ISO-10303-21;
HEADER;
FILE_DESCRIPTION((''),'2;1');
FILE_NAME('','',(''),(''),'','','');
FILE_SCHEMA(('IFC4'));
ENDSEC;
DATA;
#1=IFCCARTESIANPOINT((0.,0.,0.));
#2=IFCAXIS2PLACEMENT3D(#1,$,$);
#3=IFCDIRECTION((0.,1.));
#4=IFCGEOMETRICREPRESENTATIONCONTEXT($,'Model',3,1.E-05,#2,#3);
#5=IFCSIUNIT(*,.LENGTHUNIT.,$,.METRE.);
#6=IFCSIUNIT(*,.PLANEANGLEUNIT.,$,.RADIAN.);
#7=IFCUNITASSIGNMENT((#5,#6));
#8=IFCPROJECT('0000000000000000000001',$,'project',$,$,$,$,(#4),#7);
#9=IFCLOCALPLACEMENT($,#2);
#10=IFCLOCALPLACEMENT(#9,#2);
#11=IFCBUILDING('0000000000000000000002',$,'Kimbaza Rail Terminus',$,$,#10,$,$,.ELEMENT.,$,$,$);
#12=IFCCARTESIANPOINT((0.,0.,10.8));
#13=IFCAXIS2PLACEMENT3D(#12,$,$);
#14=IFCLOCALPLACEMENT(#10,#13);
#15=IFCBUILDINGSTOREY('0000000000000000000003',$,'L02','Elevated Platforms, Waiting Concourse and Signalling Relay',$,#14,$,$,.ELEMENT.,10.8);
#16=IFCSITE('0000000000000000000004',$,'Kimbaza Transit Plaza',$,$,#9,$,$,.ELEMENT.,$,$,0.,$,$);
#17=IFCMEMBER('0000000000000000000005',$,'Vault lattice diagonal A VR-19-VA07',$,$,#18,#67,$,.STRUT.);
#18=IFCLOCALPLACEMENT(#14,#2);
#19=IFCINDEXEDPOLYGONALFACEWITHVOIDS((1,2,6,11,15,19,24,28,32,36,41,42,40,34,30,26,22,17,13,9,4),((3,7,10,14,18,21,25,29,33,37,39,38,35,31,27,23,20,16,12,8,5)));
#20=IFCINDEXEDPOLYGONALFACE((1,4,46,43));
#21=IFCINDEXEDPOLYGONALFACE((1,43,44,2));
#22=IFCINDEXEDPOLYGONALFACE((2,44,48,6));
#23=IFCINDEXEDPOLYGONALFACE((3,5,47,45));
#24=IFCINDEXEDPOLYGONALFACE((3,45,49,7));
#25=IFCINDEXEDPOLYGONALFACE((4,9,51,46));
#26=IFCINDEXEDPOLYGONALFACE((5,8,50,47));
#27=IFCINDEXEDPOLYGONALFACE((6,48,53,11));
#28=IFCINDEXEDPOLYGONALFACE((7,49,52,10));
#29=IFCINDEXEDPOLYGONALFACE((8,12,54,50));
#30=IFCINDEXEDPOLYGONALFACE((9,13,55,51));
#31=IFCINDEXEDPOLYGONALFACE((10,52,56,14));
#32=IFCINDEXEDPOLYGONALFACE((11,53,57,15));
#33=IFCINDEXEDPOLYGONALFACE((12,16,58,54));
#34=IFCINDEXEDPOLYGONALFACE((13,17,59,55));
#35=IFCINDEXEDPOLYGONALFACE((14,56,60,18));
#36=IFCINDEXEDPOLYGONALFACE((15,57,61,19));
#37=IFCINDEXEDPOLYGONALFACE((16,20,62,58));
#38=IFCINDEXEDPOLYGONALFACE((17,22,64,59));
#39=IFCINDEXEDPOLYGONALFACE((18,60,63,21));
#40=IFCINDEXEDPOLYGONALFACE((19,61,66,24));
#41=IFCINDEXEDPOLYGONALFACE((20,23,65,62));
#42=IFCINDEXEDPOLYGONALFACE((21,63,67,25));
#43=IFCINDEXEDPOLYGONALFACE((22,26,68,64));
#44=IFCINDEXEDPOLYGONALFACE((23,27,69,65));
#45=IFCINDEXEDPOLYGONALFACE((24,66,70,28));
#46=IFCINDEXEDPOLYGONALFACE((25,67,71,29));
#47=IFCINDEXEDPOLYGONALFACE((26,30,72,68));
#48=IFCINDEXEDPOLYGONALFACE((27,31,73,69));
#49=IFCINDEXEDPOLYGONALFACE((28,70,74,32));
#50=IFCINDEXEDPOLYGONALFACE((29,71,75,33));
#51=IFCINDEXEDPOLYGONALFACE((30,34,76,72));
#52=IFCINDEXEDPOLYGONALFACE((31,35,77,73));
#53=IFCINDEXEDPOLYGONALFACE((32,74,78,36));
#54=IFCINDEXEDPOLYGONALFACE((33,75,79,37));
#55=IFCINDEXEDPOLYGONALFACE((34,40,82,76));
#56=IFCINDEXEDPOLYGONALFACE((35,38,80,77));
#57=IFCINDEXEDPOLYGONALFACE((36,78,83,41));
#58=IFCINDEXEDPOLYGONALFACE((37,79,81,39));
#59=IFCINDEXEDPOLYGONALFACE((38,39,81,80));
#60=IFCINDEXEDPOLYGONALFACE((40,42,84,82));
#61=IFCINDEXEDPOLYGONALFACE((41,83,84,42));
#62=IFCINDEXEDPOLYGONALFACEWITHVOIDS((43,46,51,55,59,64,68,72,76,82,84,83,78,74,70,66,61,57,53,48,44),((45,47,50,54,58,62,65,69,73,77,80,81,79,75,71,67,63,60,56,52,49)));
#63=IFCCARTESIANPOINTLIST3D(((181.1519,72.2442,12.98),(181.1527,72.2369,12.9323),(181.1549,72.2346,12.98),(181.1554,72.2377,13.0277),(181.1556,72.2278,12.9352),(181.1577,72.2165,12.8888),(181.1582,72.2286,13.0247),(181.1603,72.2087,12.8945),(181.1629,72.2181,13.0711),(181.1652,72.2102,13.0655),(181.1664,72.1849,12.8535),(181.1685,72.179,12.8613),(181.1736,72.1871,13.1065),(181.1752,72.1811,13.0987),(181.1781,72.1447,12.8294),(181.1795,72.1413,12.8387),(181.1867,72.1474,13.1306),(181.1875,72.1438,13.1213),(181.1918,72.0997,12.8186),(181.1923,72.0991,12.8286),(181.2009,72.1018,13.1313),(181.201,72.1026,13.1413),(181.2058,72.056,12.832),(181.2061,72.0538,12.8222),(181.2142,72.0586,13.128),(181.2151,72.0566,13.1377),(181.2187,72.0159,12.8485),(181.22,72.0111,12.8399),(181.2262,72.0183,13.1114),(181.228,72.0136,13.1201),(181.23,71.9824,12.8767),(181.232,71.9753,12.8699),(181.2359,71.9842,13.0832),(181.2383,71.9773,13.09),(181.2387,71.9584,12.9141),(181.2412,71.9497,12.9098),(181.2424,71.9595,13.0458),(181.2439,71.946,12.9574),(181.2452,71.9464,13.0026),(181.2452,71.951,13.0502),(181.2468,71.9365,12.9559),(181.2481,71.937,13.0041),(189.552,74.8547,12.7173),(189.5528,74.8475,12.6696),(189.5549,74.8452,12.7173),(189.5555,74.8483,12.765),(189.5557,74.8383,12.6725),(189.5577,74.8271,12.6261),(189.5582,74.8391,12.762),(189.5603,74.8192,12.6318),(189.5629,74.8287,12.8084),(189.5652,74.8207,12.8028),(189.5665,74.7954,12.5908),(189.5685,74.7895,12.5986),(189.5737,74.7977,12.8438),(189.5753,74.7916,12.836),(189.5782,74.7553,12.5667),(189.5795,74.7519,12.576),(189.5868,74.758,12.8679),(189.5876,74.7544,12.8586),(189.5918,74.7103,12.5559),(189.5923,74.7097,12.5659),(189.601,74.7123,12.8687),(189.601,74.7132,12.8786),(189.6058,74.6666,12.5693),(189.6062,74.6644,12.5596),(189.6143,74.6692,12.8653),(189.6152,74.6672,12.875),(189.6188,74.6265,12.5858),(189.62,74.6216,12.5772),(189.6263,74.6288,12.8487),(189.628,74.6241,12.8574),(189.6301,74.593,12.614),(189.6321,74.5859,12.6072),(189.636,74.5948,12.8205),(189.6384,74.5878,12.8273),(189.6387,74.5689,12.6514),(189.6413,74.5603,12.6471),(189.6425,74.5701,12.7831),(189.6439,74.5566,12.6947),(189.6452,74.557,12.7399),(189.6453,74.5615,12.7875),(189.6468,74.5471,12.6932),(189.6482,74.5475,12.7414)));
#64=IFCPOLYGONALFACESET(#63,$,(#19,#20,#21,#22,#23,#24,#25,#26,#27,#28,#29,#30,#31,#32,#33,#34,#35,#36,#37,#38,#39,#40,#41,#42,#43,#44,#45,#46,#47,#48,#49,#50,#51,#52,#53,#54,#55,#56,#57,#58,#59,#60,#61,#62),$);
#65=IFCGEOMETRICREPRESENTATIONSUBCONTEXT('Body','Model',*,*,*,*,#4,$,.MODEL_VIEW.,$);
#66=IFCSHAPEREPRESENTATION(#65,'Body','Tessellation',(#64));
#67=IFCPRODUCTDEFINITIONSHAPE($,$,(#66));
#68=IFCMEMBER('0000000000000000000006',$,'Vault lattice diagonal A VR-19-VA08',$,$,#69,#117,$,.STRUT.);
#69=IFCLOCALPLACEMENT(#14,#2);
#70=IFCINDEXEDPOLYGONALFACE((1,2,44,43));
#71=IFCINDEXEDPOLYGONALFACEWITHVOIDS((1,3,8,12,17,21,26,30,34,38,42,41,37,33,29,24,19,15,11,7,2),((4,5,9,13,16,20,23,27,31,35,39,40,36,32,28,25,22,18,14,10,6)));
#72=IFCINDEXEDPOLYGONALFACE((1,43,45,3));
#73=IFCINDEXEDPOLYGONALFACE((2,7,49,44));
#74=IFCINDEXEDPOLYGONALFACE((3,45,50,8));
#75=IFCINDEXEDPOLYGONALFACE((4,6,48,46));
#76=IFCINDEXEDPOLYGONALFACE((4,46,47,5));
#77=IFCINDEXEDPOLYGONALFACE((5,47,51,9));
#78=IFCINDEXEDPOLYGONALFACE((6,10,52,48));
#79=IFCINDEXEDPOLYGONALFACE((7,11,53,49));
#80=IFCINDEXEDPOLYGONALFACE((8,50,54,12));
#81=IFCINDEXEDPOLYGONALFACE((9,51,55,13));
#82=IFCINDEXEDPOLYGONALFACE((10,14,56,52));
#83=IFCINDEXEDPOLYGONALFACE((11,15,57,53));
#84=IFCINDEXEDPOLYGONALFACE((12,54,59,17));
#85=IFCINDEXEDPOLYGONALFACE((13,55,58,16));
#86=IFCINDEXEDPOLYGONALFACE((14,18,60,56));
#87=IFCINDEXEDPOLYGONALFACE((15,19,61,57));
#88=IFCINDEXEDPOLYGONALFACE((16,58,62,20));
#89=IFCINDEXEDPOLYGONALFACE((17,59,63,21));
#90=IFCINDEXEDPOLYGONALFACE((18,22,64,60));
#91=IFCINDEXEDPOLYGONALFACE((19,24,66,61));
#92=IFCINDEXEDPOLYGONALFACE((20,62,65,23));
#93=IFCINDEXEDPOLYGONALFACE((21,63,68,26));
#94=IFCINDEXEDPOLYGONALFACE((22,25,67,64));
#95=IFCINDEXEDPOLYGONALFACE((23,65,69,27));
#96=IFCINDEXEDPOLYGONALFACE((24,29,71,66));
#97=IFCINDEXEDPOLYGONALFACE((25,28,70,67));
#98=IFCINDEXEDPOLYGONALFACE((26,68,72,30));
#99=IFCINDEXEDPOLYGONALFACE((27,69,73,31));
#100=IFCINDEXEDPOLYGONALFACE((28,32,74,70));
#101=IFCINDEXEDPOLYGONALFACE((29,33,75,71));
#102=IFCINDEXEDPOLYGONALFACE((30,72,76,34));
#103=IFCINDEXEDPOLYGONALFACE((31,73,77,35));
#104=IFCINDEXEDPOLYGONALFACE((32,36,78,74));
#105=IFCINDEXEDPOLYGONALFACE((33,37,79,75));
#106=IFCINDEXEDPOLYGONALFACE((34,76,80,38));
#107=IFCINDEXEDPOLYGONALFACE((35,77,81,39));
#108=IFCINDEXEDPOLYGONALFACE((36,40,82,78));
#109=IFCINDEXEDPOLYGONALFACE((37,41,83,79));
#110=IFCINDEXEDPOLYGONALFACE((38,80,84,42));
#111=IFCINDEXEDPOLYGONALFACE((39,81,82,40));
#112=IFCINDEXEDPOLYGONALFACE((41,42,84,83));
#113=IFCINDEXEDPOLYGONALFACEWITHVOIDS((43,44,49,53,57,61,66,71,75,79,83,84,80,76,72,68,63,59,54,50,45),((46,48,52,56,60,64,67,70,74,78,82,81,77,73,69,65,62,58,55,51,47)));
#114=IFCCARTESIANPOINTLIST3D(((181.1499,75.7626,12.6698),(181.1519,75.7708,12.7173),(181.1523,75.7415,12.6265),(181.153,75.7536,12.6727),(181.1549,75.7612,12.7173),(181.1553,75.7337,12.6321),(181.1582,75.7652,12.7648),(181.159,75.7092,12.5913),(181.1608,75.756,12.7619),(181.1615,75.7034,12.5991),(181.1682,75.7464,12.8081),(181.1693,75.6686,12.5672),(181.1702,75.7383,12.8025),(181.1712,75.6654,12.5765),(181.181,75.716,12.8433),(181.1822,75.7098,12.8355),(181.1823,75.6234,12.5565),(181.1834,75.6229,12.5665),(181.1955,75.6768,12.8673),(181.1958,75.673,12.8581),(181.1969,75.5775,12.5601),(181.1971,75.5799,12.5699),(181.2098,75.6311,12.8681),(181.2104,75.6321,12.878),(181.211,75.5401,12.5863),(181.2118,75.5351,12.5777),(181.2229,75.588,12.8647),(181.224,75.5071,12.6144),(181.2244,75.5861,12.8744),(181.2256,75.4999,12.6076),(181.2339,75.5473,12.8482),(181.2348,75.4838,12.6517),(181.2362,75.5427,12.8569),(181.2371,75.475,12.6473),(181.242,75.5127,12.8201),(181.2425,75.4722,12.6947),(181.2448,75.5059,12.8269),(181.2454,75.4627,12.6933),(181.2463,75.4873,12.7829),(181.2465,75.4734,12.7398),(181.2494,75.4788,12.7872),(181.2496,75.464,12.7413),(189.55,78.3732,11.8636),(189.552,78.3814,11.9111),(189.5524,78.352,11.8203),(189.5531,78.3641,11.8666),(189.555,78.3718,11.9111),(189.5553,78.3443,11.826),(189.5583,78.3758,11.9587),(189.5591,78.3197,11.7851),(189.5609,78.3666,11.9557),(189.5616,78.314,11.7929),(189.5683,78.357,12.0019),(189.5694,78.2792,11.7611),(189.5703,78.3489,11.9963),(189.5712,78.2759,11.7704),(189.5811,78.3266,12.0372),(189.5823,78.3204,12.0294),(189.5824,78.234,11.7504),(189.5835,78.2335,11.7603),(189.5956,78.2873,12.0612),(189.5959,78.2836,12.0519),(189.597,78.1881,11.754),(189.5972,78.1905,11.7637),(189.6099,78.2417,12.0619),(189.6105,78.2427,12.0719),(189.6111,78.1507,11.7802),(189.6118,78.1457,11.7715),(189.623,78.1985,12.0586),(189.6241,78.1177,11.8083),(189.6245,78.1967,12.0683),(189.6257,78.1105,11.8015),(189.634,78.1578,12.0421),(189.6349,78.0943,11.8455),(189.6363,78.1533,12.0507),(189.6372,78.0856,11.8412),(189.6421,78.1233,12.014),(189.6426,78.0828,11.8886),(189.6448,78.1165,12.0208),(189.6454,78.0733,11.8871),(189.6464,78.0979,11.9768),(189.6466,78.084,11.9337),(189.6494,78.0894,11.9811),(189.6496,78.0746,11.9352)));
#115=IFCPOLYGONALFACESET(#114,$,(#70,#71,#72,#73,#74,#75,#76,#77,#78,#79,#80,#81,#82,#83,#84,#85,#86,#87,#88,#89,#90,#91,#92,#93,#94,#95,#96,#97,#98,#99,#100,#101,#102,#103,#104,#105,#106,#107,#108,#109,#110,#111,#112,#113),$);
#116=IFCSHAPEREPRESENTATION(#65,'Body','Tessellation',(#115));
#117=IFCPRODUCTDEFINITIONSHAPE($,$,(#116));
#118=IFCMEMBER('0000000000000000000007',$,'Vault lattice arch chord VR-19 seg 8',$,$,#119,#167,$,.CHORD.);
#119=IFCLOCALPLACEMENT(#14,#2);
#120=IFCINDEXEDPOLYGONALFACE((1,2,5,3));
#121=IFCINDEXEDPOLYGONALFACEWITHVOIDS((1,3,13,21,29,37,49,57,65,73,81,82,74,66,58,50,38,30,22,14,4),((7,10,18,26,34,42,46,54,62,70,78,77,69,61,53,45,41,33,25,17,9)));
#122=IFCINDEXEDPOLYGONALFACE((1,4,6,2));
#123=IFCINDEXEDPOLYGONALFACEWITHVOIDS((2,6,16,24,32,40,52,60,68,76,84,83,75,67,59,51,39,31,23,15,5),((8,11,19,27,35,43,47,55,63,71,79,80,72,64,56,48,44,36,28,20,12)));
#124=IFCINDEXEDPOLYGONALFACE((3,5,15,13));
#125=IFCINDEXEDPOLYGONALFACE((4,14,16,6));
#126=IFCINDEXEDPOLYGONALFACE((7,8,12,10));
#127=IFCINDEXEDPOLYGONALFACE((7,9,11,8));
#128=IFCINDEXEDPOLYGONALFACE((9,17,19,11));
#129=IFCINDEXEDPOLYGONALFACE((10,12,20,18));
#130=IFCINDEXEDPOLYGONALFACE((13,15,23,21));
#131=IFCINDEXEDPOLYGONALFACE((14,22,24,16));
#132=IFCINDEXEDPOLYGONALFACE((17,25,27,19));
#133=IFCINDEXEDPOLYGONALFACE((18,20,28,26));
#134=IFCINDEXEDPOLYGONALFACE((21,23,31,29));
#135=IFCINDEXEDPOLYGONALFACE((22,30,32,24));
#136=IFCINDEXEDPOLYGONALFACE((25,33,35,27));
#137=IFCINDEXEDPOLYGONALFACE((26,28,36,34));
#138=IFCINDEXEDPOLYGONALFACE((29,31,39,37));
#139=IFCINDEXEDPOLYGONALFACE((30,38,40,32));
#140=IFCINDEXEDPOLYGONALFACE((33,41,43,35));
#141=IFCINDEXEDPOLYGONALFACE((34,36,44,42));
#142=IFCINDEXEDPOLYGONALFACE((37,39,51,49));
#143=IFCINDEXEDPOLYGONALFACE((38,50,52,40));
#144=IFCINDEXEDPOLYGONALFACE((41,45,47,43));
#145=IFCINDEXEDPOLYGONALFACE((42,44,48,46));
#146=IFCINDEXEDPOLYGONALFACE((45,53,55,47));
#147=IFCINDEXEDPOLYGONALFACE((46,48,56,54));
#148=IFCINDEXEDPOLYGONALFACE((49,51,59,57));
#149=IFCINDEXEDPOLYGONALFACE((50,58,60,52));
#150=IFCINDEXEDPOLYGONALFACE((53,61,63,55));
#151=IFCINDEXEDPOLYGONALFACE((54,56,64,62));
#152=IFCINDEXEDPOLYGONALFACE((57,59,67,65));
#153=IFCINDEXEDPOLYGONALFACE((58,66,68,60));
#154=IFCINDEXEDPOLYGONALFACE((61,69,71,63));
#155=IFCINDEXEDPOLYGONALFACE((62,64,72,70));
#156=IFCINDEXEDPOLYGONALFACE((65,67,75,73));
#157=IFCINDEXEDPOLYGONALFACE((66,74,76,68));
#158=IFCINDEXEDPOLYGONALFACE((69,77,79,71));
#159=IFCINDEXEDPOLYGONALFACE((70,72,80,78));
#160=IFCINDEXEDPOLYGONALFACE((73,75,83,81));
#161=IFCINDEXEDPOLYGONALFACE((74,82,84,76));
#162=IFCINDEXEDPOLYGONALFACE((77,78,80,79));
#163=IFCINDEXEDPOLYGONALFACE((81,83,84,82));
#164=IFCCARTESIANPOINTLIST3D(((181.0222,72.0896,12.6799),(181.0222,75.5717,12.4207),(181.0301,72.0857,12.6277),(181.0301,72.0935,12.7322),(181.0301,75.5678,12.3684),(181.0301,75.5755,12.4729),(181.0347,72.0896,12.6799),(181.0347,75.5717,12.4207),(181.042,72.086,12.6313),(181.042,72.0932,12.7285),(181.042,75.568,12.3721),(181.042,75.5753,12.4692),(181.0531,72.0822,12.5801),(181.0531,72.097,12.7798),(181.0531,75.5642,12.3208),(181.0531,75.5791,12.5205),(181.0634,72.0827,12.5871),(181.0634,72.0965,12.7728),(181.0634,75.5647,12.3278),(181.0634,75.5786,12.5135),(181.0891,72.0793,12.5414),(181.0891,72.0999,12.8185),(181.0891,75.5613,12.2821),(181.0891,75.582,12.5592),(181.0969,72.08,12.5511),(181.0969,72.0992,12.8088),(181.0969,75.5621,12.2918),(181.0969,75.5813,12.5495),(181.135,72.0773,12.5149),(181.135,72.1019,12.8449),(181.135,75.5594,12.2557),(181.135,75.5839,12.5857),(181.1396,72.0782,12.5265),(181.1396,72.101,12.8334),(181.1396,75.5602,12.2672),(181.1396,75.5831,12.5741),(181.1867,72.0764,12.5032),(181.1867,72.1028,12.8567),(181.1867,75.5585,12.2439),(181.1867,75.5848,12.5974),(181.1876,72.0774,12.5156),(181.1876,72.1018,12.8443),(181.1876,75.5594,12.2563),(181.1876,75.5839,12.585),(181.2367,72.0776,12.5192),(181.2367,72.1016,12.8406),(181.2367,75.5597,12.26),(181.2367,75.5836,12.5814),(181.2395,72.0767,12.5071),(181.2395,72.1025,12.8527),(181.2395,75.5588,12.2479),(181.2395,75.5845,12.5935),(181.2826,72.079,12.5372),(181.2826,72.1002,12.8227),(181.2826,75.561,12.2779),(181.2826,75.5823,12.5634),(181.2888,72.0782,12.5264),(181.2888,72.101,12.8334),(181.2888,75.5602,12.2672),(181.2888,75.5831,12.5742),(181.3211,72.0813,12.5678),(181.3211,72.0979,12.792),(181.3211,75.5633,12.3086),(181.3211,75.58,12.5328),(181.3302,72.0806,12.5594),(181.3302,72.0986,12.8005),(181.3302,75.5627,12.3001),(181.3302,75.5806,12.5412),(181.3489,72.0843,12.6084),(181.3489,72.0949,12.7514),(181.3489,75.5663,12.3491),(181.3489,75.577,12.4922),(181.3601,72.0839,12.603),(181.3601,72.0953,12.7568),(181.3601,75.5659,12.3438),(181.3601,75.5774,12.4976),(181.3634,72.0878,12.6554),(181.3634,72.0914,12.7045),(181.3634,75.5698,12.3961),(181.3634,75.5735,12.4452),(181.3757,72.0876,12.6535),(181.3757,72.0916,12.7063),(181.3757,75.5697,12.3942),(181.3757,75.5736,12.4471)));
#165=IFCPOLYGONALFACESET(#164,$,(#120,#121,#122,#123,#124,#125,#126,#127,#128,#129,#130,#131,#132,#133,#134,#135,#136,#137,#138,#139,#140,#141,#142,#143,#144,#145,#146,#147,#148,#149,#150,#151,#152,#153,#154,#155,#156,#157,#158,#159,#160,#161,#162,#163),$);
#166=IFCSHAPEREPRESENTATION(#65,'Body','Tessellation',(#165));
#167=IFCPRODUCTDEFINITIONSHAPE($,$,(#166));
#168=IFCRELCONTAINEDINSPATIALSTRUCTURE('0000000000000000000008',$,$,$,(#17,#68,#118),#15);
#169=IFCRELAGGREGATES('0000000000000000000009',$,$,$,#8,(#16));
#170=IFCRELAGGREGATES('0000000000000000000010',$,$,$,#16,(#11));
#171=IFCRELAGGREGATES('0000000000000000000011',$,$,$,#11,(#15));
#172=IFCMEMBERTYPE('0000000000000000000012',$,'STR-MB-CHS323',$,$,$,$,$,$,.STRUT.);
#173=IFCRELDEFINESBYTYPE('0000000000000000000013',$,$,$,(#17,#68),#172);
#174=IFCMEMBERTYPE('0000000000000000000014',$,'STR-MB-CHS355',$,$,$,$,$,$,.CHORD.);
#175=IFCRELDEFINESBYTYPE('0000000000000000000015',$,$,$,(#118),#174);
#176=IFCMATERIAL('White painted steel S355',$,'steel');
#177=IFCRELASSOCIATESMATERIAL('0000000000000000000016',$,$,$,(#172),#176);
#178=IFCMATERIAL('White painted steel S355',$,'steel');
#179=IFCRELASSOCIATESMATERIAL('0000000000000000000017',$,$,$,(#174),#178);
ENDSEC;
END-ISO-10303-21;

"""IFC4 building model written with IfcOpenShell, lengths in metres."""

from ifc_helpers import new_model, si_unit, direction, frame, origin, origin_2d, place, context, subcontext, project, spatial, hollow_circle, extrude, material, material_profile, profile_set, type_object, element, save


model = new_model("IFC4")

# Units and contexts
model_context = context("Model", 3, precision=1e-05, world=origin(), true_north=direction((0.0, 1.0)))
body_context = subcontext(model_context, "Body", "Model", "MODEL_VIEW")
ifc_project = project(units=[si_unit("LENGTHUNIT", "METRE"), si_unit("PLANEANGLEUNIT", "RADIAN")], contexts=[model_context])

# Site, building, storey
site_placement = place(None, origin())
site = spatial("IfcSite", under=ifc_project, at=site_placement, Name="Kimbaza Transit Plaza", CompositionType="ELEMENT", RefElevation=0.0)
building_placement = place(site_placement, origin())
building = spatial("IfcBuilding", under=site, at=building_placement, Name="Kimbaza Rail Terminus", CompositionType="ELEMENT")
storey_placement = place(building_placement, frame((0.0, 0.0, 10.8)))
storey = spatial("IfcBuildingStorey", under=building, at=storey_placement, Name="L02", Description="Elevated Platforms, Waiting Concourse and Signalling Relay", CompositionType="ELEMENT", Elevation=10.8)

# Members
ifc_material_1 = material(Name="White painted steel S355", Category="steel")
ifc_material_profile_1 = material_profile(ifc_material_1, hollow_circle(Radius=0.1619, WallThickness=0.01, at=origin_2d()), Name="CHS 323.9x10")
ifc_profile_set_1 = profile_set([ifc_material_profile_1], Name="White painted steel S355")
member_type_1 = type_object("IfcMemberType", Name="STR-MB-CHS323", PredefinedType="STRUT", material=ifc_profile_set_1)
member_1_placement = place(storey_placement, frame((181.2, 72.0896, 12.98), z_axis=(0.954521, 0.296646, -0.02985), x_axis=(-0.296778, 0.954946, 0.0)))
element("IfcMember", 1, at=member_1_placement, inside=storey, type_object=member_type_1, Name="Vault lattice diagonal A VR-19-VA07", PredefinedType="STRUT", context=body_context, shape_type="SweptSolid", body=[
    extrude(hollow_circle(Radius=0.1619, WallThickness=0.01, at=origin_2d()), origin(), (0.0, 0.0, 1.0), 8.8003),
])
member_2_placement = place(storey_placement, frame((181.2, 75.6162, 12.7173), z_axis=(0.950961, 0.29554, -0.091263), x_axis=(-0.296778, 0.954946, 0.0)))
element("IfcMember", 2, at=member_2_placement, inside=storey, type_object=member_type_1, Name="Vault lattice diagonal A VR-19-VA08", PredefinedType="STRUT", context=body_context, shape_type="SweptSolid", body=[
    extrude(hollow_circle(Radius=0.1619, WallThickness=0.01, at=origin_2d()), origin(), (0.0, 0.0, 1.0), 8.8333),
])
ifc_material_2 = material(Name="White painted steel S355", Category="steel")
ifc_material_profile_2 = material_profile(ifc_material_2, hollow_circle(Radius=0.1777, WallThickness=0.0125, at=origin_2d()), Name="CHS 355.6x12.5")
ifc_profile_set_2 = profile_set([ifc_material_profile_2], Name="White painted steel S355")
member_type_2 = type_object("IfcMemberType", Name="STR-MB-CHS355", PredefinedType="CHORD", material=ifc_profile_set_2)
member_3_placement = place(storey_placement, frame((181.2, 72.0896, 12.6799), z_axis=(0.0, 0.997239, -0.074253), x_axis=(-1.0, 0.0, 0.0)))
element("IfcMember", 3, at=member_3_placement, inside=storey, type_object=member_type_2, Name="Vault lattice arch chord VR-19 seg 8", PredefinedType="CHORD", context=body_context, shape_type="SweptSolid", body=[
    extrude(hollow_circle(Radius=0.1777, WallThickness=0.0125, at=origin_2d()), origin(), (0.0, 0.0, 1.0), 3.4917),
])

save(model, "model.ifc")
